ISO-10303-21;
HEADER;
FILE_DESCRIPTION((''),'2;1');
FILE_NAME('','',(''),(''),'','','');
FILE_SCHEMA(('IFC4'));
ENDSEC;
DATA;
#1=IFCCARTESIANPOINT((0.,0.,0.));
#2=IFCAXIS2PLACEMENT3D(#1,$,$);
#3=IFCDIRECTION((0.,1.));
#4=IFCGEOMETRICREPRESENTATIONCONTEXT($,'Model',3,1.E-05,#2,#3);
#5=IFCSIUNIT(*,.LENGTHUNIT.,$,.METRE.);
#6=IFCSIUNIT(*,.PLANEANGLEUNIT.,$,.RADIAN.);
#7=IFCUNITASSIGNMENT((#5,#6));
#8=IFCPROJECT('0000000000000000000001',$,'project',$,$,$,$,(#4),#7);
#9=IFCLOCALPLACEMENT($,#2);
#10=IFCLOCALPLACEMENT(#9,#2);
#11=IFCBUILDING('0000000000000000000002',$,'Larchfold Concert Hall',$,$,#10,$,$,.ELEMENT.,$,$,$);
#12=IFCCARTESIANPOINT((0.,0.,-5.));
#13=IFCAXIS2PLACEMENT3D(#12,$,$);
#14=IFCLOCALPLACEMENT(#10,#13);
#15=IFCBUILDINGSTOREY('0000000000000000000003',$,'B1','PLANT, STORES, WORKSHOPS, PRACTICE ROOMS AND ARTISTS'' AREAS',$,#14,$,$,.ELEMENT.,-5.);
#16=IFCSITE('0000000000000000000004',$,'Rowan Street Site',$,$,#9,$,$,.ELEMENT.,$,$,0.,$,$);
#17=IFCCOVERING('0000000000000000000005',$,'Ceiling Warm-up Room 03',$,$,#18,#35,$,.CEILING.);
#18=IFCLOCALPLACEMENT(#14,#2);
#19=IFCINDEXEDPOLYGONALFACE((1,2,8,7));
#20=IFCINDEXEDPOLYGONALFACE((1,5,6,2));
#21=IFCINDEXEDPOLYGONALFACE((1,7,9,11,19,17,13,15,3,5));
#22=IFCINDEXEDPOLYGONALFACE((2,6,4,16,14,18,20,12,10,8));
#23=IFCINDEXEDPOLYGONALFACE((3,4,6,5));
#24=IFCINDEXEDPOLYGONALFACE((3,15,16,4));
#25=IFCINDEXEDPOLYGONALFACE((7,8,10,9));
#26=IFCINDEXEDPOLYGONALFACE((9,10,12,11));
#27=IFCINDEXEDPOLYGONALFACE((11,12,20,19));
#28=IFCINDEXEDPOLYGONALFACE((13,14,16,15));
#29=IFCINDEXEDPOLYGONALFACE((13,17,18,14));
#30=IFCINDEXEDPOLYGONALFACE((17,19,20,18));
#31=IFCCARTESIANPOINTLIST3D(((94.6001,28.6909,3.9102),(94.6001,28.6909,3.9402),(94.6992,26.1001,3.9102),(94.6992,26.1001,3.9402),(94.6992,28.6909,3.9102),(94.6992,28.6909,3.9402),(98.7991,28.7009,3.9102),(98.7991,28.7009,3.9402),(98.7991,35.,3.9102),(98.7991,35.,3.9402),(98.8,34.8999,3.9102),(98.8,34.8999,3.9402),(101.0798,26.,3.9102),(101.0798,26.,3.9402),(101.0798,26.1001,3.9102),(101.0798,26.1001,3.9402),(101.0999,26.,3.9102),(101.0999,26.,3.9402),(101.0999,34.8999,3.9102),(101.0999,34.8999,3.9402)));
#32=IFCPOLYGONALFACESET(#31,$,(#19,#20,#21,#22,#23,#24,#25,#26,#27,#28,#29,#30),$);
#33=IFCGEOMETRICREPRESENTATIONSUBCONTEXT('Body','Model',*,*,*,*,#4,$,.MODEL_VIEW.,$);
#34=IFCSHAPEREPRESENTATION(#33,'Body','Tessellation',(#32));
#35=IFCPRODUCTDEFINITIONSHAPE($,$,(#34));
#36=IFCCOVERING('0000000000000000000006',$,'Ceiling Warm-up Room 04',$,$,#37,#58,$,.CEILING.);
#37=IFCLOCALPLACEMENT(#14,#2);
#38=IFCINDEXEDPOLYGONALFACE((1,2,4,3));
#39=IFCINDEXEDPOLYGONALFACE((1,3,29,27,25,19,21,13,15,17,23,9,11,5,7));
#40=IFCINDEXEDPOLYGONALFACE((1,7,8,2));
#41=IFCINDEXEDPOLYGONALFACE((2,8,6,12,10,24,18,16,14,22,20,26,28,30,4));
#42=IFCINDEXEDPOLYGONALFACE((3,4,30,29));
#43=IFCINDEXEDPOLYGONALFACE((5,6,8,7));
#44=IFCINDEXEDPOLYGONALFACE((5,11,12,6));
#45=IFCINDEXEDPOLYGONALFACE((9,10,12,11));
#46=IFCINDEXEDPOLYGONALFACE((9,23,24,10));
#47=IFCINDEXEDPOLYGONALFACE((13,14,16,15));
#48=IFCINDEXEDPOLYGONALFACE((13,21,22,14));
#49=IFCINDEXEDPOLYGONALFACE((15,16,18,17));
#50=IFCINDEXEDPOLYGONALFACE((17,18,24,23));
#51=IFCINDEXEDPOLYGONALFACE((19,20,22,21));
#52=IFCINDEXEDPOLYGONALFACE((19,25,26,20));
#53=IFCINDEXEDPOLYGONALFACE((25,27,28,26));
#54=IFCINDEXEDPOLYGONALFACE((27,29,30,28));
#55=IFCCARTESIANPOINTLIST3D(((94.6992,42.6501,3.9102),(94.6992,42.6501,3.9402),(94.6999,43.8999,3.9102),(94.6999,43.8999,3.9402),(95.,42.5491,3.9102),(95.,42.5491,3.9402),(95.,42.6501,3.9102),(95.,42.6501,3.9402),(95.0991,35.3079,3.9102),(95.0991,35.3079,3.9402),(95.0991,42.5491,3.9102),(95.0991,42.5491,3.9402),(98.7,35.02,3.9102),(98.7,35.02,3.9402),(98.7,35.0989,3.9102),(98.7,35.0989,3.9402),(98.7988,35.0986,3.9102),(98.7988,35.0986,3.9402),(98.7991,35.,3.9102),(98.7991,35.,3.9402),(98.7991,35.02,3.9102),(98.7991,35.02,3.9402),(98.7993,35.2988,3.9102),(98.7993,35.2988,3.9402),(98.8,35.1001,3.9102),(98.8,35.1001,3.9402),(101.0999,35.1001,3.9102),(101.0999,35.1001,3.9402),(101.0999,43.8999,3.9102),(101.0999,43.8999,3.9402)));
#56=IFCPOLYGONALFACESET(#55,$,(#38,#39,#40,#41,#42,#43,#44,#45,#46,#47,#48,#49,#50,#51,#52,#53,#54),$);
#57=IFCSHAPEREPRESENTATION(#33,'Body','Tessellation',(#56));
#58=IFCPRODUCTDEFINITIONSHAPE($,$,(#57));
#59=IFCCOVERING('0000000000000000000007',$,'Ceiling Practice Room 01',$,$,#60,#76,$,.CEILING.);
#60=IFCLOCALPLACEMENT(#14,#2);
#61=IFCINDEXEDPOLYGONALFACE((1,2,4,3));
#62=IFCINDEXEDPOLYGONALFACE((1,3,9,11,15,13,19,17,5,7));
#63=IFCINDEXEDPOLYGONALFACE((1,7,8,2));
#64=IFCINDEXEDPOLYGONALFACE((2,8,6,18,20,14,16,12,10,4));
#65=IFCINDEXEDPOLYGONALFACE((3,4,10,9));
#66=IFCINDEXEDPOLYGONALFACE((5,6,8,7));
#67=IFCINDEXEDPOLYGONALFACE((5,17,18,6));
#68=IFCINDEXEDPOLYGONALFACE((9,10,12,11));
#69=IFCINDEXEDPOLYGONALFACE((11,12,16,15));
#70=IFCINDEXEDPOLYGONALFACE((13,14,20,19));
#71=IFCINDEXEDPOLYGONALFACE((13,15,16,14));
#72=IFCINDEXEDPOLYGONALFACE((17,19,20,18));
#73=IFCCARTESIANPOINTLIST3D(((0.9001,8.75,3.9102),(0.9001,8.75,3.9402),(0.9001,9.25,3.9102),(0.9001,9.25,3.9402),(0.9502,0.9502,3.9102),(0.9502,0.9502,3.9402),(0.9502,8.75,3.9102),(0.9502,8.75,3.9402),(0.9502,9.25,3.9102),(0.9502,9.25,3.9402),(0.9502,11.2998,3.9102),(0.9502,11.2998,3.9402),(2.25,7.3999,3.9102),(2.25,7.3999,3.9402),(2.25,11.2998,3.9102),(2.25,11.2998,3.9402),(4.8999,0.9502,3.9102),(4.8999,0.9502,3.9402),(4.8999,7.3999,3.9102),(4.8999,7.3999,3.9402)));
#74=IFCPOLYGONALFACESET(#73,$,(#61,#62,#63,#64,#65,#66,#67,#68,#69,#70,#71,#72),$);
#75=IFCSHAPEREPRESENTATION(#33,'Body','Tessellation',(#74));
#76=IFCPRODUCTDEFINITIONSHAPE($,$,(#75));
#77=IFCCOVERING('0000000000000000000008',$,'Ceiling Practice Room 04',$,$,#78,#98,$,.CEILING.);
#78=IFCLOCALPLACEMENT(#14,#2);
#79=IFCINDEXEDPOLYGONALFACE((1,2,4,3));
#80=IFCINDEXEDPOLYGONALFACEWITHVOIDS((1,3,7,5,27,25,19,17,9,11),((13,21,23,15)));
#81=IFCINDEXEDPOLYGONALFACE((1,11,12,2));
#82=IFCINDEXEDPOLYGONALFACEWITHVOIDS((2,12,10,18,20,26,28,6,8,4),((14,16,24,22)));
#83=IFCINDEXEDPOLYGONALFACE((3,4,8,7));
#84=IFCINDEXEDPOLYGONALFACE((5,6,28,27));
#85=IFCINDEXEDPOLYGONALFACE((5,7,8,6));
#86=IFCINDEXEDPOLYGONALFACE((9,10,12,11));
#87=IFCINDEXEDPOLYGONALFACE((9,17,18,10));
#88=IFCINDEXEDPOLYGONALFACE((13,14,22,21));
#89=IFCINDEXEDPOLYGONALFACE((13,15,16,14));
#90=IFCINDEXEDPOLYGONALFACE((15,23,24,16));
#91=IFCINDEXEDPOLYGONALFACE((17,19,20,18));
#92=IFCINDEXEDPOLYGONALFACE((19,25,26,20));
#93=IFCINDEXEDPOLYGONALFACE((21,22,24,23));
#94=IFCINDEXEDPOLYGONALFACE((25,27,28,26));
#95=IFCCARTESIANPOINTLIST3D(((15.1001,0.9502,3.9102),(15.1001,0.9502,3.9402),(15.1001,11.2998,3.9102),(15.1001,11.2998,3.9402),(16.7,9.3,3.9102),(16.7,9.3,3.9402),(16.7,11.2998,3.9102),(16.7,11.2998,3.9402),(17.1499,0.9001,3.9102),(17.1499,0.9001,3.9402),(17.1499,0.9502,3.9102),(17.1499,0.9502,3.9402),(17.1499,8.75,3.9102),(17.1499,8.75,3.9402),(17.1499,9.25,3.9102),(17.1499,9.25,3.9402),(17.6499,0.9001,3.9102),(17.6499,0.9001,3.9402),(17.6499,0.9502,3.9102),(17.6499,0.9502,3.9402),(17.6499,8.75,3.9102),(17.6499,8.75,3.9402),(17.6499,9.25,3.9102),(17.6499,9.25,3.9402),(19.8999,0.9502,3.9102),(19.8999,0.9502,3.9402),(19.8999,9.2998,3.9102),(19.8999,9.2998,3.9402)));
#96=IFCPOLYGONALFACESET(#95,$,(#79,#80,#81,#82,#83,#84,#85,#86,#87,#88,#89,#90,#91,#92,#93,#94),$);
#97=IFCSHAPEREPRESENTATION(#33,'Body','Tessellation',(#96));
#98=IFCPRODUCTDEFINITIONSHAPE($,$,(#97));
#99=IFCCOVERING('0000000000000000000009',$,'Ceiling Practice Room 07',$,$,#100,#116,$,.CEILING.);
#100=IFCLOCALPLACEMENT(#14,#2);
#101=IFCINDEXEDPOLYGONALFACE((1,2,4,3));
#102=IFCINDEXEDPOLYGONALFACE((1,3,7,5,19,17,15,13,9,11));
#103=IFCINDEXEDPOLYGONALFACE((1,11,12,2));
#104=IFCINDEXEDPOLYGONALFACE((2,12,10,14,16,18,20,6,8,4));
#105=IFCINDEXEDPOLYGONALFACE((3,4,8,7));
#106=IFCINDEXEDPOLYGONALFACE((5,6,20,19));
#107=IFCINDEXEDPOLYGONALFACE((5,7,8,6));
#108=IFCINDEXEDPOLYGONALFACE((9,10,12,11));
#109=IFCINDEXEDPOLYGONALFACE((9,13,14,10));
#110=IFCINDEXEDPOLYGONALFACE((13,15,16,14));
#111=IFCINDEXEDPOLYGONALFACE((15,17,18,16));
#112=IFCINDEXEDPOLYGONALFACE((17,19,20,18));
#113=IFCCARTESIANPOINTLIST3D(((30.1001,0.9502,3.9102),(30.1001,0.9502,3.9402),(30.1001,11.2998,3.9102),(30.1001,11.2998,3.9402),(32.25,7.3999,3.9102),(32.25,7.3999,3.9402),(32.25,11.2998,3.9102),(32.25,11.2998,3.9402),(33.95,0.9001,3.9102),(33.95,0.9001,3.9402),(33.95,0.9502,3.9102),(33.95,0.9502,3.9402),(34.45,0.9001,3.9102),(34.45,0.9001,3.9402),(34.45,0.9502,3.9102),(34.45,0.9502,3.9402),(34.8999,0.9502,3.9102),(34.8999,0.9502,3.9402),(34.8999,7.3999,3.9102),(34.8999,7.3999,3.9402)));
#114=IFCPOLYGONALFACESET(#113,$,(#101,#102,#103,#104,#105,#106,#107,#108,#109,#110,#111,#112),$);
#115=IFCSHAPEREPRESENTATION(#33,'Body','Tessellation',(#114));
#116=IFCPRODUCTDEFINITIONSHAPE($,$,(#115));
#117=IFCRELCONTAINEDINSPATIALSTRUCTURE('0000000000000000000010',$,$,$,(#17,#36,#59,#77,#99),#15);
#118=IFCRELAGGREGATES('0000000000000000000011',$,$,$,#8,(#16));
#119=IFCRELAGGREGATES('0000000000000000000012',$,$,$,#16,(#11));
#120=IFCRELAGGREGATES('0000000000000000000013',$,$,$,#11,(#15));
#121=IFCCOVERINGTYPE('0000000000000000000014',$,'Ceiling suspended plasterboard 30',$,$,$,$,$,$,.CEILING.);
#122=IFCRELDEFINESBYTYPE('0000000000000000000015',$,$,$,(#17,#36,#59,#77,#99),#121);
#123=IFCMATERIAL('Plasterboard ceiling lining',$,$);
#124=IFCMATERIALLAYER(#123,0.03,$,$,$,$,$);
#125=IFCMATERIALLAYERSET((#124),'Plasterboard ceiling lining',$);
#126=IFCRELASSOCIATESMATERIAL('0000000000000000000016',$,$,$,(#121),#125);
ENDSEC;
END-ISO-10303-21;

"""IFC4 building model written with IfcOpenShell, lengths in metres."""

from ifc_helpers import new_model, si_unit, direction, frame, origin, place, context, subcontext, project, spatial, polyline, outline, extrude, material, layer, layer_set, type_object, element, save


model = new_model("IFC4")

# Units and contexts
model_context = context("Model", 3, precision=1e-05, world=origin(), true_north=direction((0.0, 1.0)))
body_context = subcontext(model_context, "Body", "Model", "MODEL_VIEW")
ifc_project = project(units=[si_unit("LENGTHUNIT", "METRE"), si_unit("PLANEANGLEUNIT", "RADIAN")], contexts=[model_context])

# Site, building, storey
site_placement = place(None, origin())
site = spatial("IfcSite", under=ifc_project, at=site_placement, Name="Rowan Street Site", CompositionType="ELEMENT", RefElevation=0.0)
building_placement = place(site_placement, origin())
building = spatial("IfcBuilding", under=site, at=building_placement, Name="Larchfold Concert Hall", CompositionType="ELEMENT")
storey_placement = place(building_placement, frame((0.0, 0.0, -5.0)))
storey = spatial("IfcBuildingStorey", under=building, at=storey_placement, Name="B1", Description="PLANT, STORES, WORKSHOPS, PRACTICE ROOMS AND ARTISTS' AREAS", CompositionType="ELEMENT", Elevation=-5.0)

# Coverings
ifc_material_1 = material(Name="Plasterboard ceiling lining")
ifc_layer_1 = layer(ifc_material_1, 0.03)
ifc_layer_set_1 = layer_set([ifc_layer_1], Name="Plasterboard ceiling lining")
covering_type_1 = type_object("IfcCoveringType", Name="Ceiling suspended plasterboard 30", PredefinedType="CEILING", material=ifc_layer_set_1)
covering_1_placement = place(storey_placement, frame((0.0, 0.0, 3.9102)))
element("IfcCovering", 1, at=covering_1_placement, inside=storey, type_object=covering_type_1, Name="Ceiling Warm-up Room 03", PredefinedType="CEILING", context=body_context, shape_type="SweptSolid", body=[
    extrude(outline(polyline([(94.6001, 28.6909), (94.6992, 28.6909), (94.6992, 26.1001), (101.0798, 26.1001), (101.0798, 26.0), (101.0999, 26.0), (101.0999, 34.8999), (98.8, 34.8999), (98.7991, 35.0), (98.7991, 28.7009), (94.6001, 28.6909)])), origin(), (0.0, 0.0, 1.0), 0.03),
])
covering_2_placement = place(storey_placement, frame((0.0, 0.0, 3.9102)))
element("IfcCovering", 2, at=covering_2_placement, inside=storey, type_object=covering_type_1, Name="Ceiling Warm-up Room 04", PredefinedType="CEILING", context=body_context, shape_type="SweptSolid", body=[
    extrude(outline(polyline([(94.7, 43.8999), (94.7, 44.0), (94.6992, 42.6501), (95.0, 42.6501), (95.0, 42.5491), (95.0991, 42.5491), (95.0991, 35.3079), (98.7993, 35.2988), (98.7988, 35.0986), (98.7, 35.0989), (98.7, 35.02), (98.7991, 35.02), (98.7991, 35.0), (98.8, 35.1001), (101.0999, 35.1001), (101.0999, 43.8999), (94.7, 43.8999)])), origin(), (0.0, 0.0, 1.0), 0.03),
])
covering_3_placement = place(storey_placement, frame((0.0, 0.0, 3.9102)))
element("IfcCovering", 3, at=covering_3_placement, inside=storey, type_object=covering_type_1, Name="Ceiling Practice Room 01", PredefinedType="CEILING", context=body_context, shape_type="SweptSolid", body=[
    extrude(outline(polyline([(0.9502, 9.25), (0.9001, 9.25), (0.9001, 8.75), (0.9502, 8.75), (0.9502, 0.9502), (4.8999, 0.9502), (4.8999, 7.3999), (2.25, 7.3999), (2.25, 11.2998), (0.9502, 11.2998), (0.9502, 9.25)])), origin(), (0.0, 0.0, 1.0), 0.03),
])
covering_4_placement = place(storey_placement, frame((0.0, 0.0, 3.9102)))
element("IfcCovering", 4, at=covering_4_placement, inside=storey, type_object=covering_type_1, Name="Ceiling Practice Room 04", PredefinedType="CEILING", context=body_context, shape_type="SweptSolid", body=[
    extrude(outline(polyline([(16.7, 9.3), (16.7, 11.2998), (15.1001, 11.2998), (15.1001, 0.9502), (17.1499, 0.9502), (17.1499, 0.9001), (17.6499, 0.9001), (17.6499, 0.9502), (19.8999, 0.9502), (19.8999, 9.2998), (16.7, 9.3)]), holes=[polyline([(17.6499, 9.25), (17.6499, 8.75), (17.1499, 8.75), (17.1499, 9.25), (17.6499, 9.25)])]), origin(), (0.0, 0.0, 1.0), 0.03),
])
covering_5_placement = place(storey_placement, frame((0.0, 0.0, 3.9102)))
element("IfcCovering", 5, at=covering_5_placement, inside=storey, type_object=covering_type_1, Name="Ceiling Practice Room 07", PredefinedType="CEILING", context=body_context, shape_type="SweptSolid", body=[
    extrude(outline(polyline([(33.95, 0.9502), (33.95, 0.9001), (34.45, 0.9001), (34.45, 0.9502), (34.8999, 0.9502), (34.8999, 7.3999), (32.25, 7.3999), (32.25, 11.2998), (30.1001, 11.2998), (30.1001, 0.9502), (33.95, 0.9502)])), origin(), (0.0, 0.0, 1.0), 0.03),
])

save(model, "model.ifc")
